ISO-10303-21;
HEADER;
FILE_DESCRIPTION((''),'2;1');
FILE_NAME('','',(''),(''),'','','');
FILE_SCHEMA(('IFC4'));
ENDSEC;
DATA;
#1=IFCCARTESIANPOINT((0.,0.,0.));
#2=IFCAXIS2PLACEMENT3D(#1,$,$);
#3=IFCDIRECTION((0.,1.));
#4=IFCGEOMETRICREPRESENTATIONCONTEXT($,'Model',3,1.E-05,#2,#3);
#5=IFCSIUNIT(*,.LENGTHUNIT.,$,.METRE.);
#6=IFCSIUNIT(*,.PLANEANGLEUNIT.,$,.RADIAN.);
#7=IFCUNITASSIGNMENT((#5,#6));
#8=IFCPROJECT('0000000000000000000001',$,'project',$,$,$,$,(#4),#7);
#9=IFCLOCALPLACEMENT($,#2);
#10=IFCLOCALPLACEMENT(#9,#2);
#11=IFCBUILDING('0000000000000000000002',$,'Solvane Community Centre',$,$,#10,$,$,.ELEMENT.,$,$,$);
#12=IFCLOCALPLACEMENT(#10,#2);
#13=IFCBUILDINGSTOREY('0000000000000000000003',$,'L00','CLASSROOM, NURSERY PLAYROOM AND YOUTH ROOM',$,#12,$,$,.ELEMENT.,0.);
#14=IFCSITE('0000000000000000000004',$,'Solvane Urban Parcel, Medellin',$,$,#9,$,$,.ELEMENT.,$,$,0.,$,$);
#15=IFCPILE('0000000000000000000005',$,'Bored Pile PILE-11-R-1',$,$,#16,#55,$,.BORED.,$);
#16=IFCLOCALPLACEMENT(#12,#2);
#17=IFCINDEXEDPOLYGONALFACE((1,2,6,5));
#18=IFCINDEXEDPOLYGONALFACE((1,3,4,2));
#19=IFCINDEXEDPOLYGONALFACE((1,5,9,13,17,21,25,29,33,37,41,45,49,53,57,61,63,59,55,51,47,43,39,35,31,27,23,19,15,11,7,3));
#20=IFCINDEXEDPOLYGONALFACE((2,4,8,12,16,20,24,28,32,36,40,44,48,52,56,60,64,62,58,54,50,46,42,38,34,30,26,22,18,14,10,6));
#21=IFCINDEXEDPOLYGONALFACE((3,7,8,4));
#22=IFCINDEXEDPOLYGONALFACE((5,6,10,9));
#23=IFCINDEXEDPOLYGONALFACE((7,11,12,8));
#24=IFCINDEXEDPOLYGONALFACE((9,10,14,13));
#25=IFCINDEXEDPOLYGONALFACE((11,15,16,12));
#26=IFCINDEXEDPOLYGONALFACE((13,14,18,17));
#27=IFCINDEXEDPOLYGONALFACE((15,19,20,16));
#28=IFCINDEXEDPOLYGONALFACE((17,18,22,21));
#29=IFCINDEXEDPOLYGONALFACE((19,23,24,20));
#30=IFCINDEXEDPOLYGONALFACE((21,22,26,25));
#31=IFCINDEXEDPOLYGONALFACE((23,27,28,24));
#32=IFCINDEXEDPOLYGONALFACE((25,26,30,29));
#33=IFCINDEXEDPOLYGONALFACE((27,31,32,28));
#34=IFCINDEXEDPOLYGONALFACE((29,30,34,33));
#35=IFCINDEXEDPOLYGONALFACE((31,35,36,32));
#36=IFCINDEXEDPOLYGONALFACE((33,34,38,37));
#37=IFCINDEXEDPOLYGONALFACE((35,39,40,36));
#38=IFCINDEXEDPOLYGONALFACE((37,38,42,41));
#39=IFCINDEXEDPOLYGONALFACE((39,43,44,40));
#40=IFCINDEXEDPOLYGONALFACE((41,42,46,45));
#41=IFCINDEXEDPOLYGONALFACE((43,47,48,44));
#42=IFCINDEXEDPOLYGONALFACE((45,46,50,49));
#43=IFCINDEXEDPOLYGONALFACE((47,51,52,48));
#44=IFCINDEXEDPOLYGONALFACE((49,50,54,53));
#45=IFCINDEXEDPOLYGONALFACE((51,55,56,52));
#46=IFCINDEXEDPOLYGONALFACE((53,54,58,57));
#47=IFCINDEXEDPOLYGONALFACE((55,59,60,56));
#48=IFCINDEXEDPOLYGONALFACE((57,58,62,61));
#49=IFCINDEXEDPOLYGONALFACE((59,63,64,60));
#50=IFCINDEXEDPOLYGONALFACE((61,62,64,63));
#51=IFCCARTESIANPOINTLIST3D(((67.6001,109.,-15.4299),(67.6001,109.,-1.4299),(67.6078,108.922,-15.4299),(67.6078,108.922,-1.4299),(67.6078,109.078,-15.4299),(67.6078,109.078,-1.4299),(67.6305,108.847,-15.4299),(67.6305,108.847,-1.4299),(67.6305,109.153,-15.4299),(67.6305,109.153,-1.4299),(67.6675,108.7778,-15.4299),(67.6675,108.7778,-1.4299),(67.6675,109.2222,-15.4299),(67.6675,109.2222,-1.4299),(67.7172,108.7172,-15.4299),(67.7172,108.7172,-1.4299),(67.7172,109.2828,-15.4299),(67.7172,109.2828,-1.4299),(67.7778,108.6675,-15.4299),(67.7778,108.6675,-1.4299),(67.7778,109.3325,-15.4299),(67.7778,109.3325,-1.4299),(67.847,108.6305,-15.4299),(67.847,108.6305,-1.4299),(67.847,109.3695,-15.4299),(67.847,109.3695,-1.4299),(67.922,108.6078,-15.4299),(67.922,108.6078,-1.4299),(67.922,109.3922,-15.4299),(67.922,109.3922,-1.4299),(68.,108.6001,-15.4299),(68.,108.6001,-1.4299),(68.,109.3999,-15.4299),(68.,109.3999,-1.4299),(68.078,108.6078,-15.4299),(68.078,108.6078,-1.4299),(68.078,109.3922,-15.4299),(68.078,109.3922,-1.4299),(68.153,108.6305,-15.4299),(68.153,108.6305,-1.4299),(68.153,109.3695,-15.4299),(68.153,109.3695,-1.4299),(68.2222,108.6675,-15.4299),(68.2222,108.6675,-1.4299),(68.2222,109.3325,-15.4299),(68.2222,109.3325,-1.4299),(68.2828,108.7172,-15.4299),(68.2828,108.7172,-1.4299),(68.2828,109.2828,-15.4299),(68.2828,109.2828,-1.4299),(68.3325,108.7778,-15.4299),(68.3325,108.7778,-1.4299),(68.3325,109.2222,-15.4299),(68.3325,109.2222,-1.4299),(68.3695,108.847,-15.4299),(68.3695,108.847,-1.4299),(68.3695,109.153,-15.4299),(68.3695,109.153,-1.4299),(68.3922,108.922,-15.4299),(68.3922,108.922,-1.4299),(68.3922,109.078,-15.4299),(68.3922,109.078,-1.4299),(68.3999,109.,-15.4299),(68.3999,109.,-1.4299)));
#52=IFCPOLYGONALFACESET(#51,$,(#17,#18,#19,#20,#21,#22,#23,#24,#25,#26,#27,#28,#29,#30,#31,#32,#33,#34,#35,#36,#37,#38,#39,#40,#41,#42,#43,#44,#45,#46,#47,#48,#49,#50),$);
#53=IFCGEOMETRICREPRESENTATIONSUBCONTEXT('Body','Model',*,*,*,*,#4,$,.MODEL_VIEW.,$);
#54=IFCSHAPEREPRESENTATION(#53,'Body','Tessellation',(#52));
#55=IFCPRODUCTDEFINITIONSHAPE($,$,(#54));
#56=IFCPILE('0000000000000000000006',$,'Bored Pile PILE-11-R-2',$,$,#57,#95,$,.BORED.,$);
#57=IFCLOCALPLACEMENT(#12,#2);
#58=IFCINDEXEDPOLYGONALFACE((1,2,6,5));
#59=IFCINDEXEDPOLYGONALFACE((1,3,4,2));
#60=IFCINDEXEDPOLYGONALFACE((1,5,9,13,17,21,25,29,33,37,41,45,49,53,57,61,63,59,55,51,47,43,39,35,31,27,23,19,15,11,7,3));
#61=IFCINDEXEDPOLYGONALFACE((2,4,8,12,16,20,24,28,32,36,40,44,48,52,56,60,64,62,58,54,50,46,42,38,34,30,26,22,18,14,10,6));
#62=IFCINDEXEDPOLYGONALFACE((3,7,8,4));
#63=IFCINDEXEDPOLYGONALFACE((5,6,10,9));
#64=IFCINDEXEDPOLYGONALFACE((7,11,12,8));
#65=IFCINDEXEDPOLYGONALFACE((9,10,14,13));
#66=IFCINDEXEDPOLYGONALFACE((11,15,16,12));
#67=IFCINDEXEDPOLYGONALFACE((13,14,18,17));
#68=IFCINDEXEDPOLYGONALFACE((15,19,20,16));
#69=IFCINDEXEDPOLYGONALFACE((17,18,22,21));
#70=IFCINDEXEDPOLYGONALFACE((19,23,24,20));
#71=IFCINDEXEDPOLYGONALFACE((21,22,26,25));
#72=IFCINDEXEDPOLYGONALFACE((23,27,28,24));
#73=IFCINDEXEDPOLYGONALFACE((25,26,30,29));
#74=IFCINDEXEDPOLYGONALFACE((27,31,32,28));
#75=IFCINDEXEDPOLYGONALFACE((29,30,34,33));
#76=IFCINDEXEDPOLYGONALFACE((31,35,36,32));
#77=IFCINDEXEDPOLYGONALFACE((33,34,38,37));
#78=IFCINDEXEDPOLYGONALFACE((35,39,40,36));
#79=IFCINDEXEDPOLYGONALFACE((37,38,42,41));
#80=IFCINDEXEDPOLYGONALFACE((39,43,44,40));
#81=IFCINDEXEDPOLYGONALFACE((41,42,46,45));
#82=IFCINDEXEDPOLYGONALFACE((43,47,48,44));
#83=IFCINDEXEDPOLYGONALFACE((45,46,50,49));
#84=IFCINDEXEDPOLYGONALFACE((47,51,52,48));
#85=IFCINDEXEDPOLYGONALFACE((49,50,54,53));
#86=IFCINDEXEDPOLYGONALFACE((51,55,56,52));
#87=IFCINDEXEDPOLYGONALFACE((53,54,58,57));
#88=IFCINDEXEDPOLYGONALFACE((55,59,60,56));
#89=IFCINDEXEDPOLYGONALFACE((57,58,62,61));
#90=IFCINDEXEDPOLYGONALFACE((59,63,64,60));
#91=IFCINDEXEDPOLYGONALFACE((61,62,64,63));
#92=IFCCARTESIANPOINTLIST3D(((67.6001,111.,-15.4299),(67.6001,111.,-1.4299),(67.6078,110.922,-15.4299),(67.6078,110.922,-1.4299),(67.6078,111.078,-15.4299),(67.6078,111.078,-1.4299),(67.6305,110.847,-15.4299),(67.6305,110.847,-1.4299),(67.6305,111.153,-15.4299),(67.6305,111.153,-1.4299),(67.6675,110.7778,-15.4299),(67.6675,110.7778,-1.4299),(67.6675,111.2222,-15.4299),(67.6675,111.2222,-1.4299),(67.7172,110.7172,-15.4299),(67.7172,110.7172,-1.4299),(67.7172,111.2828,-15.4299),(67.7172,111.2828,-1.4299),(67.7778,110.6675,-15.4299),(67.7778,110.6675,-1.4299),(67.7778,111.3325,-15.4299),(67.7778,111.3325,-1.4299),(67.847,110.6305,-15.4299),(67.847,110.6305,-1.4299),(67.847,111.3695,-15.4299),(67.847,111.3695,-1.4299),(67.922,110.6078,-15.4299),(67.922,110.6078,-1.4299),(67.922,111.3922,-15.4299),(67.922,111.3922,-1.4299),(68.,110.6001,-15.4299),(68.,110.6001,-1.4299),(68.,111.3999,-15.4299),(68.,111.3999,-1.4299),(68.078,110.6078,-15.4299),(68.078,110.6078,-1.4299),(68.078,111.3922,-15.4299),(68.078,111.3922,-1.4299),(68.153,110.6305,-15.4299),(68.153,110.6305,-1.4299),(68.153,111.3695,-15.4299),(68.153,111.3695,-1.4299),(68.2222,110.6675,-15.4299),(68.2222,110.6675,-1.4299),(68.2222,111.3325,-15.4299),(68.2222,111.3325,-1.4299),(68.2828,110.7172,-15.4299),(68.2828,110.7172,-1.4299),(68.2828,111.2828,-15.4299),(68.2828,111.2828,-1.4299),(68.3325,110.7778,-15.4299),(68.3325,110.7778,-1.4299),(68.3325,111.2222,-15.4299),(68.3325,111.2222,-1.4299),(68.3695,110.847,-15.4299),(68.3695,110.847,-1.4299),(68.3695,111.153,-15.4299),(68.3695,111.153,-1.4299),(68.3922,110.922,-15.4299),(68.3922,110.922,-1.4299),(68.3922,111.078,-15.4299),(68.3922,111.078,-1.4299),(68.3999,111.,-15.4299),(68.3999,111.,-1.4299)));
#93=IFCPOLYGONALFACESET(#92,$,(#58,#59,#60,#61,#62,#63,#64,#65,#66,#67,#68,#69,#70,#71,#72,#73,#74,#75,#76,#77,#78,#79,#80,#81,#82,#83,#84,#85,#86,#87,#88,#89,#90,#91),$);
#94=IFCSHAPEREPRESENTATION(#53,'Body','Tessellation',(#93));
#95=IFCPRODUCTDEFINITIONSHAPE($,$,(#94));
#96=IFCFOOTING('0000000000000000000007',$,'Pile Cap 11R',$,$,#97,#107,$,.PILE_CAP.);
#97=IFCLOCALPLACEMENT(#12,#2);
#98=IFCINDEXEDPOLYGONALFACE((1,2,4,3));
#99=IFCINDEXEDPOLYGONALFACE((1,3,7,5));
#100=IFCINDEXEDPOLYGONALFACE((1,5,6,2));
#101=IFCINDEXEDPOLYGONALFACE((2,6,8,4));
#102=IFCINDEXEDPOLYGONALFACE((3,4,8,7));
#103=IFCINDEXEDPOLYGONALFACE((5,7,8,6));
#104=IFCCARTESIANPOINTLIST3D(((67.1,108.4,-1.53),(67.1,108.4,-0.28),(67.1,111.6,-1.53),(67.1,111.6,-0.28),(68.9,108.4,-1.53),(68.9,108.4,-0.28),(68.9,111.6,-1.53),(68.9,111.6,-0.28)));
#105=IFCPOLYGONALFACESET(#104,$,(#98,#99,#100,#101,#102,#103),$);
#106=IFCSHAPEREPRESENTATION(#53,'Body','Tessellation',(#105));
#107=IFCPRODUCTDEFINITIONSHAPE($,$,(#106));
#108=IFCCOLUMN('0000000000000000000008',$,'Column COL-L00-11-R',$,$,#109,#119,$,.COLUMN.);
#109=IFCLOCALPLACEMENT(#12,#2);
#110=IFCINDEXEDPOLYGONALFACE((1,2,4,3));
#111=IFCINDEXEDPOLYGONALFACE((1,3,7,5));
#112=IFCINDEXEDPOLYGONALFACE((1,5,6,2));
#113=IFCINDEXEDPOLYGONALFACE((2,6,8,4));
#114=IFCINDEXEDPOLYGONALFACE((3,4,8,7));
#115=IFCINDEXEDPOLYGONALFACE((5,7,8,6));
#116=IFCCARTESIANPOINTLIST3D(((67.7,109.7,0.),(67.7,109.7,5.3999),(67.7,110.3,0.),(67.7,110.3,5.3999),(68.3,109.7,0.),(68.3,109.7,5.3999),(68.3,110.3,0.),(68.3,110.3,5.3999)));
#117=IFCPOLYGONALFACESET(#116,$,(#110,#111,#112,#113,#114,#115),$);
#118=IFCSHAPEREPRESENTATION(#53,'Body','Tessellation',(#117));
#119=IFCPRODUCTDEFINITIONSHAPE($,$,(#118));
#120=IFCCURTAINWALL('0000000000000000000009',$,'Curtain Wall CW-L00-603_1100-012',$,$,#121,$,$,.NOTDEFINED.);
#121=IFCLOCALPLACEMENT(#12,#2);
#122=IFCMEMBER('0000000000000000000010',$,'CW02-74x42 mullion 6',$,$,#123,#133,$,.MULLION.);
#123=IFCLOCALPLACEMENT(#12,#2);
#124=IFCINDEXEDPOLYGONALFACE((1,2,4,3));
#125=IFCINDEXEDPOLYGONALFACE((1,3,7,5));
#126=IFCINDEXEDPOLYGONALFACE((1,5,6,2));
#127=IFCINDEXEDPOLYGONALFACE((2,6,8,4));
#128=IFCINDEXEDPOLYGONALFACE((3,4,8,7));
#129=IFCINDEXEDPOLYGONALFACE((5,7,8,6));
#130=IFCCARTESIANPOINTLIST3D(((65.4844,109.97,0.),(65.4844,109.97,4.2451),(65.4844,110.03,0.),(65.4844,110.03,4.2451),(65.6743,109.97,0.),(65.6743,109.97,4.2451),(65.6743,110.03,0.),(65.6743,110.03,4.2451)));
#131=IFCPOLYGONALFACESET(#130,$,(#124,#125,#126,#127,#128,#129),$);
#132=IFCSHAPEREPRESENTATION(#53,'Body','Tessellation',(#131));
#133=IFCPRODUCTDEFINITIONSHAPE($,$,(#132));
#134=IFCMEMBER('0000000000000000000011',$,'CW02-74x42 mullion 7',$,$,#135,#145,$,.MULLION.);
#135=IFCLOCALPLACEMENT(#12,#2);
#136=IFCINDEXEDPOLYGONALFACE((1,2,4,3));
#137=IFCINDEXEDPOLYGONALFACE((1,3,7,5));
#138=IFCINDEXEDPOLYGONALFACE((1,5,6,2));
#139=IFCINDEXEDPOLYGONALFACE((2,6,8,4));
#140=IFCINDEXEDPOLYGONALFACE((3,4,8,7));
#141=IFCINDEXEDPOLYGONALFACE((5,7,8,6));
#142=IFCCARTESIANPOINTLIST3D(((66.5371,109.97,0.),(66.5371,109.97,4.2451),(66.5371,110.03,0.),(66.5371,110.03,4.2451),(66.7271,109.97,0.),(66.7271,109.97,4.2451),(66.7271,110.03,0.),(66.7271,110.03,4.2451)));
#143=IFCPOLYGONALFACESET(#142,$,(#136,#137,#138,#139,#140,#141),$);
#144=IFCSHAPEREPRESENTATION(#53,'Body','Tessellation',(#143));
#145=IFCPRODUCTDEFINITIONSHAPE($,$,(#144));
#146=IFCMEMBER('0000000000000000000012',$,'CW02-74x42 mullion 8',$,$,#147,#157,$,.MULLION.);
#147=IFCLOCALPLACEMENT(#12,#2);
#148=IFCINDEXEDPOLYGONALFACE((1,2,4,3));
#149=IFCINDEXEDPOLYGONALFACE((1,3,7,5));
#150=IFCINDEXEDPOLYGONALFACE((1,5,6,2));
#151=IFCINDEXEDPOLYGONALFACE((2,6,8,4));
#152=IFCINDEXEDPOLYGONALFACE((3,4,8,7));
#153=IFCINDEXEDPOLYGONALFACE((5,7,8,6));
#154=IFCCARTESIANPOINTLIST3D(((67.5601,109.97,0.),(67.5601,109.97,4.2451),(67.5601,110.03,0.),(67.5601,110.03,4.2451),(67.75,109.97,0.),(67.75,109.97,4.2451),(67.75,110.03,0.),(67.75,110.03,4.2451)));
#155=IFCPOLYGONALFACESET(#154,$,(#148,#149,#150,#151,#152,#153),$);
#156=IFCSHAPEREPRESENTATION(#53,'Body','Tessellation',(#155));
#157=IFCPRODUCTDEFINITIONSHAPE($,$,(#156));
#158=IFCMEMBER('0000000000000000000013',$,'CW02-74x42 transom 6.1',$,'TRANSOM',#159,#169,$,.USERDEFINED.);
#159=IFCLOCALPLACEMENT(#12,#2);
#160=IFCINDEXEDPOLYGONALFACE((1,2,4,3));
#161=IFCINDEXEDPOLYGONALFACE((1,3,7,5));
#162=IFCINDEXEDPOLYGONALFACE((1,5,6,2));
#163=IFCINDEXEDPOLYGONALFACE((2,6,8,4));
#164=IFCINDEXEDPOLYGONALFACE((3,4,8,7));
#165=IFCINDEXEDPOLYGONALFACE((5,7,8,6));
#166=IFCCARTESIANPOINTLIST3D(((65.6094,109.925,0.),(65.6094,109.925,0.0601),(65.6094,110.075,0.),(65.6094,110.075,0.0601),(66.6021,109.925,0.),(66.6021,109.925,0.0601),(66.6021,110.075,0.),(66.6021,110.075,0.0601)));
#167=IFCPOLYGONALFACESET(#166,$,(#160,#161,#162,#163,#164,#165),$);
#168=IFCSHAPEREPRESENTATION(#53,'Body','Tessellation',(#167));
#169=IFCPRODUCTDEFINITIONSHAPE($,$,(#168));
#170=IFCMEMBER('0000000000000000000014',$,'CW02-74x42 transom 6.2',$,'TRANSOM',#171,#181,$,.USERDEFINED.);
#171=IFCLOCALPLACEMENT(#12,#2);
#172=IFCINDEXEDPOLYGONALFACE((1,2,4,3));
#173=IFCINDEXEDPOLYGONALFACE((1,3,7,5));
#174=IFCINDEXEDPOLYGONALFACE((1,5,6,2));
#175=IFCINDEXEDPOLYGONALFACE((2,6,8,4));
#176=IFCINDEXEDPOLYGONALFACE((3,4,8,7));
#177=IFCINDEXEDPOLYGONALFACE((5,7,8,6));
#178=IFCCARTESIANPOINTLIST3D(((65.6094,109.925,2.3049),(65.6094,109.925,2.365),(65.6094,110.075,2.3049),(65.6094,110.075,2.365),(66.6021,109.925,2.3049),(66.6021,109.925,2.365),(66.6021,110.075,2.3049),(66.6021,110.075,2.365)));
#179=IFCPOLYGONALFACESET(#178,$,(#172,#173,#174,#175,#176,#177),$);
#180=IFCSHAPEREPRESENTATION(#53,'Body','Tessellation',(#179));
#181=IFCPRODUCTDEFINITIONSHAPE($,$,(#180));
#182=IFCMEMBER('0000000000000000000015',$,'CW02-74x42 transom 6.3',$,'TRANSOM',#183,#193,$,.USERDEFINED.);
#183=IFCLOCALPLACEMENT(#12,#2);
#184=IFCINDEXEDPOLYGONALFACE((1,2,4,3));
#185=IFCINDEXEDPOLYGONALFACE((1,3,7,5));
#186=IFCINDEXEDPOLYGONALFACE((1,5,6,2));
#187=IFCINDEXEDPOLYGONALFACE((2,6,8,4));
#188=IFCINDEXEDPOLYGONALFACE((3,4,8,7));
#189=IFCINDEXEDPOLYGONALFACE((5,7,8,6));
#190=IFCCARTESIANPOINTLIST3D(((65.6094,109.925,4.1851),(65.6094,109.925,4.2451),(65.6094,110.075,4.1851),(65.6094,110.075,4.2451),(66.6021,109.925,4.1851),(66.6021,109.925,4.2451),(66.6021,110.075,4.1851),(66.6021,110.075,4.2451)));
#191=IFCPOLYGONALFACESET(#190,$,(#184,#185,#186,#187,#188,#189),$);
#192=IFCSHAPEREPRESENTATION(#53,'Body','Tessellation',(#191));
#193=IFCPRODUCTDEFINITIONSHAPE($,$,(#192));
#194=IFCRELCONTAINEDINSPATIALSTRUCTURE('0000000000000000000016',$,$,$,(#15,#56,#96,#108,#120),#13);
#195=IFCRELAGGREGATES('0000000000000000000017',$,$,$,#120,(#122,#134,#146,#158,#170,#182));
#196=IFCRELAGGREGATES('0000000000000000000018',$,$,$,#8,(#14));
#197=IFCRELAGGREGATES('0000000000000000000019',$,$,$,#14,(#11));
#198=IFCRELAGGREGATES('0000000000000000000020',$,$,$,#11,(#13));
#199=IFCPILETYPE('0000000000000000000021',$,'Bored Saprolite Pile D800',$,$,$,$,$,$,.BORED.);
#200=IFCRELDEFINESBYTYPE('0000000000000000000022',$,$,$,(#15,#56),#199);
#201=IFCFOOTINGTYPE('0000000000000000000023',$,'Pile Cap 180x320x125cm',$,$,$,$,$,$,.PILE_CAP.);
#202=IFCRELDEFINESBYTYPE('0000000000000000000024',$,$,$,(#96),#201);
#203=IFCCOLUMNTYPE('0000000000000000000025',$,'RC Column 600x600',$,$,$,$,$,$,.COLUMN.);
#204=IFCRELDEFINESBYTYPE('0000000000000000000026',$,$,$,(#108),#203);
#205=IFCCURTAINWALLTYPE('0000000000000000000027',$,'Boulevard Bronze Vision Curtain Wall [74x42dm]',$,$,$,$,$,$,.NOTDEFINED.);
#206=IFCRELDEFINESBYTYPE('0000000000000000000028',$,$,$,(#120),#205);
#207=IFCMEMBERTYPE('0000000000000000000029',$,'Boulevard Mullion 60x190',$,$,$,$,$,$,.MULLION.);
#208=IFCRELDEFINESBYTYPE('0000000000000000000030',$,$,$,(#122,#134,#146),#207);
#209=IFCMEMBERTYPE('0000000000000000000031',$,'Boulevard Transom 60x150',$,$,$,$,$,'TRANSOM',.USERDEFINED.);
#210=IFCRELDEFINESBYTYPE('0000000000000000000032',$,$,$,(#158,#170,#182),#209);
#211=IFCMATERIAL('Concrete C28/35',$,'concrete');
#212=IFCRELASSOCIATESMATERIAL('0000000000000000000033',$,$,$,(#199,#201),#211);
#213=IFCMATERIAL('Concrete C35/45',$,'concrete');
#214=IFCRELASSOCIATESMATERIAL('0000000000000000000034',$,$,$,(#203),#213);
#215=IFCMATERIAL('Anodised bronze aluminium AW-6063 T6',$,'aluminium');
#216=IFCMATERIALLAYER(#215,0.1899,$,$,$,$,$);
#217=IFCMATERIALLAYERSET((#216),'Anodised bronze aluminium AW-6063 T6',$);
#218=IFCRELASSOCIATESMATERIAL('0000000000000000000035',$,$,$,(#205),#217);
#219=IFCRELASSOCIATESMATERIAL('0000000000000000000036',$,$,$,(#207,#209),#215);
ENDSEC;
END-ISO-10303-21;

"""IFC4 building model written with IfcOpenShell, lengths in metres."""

from ifc_helpers import new_model, si_unit, direction, frame, origin, origin_2d, place, context, subcontext, project, spatial, rectangle, circle, extrude, material, layer, layer_set, material_profile, profile_set, type_object, element, aggregate, save


model = new_model("IFC4")

# Units and contexts
model_context = context("Model", 3, precision=1e-05, world=origin(), true_north=direction((0.0, 1.0)))
body_context = subcontext(model_context, "Body", "Model", "MODEL_VIEW")
ifc_project = project(units=[si_unit("LENGTHUNIT", "METRE"), si_unit("PLANEANGLEUNIT", "RADIAN")], contexts=[model_context])

# Site, building, storey
site_placement = place(None, origin())
site = spatial("IfcSite", under=ifc_project, at=site_placement, Name="Solvane Urban Parcel, Medellin", CompositionType="ELEMENT", RefElevation=0.0)
building_placement = place(site_placement, origin())
building = spatial("IfcBuilding", under=site, at=building_placement, Name="Solvane Community Centre", CompositionType="ELEMENT")
storey_placement = place(building_placement, origin())
storey = spatial("IfcBuildingStorey", under=building, at=storey_placement, Name="L00", Description="CLASSROOM, NURSERY PLAYROOM AND YOUTH ROOM", CompositionType="ELEMENT", Elevation=0.0)

# Piles
ifc_material_1 = material(Name="Concrete C28/35", Category="concrete")
ifc_material_profile_1 = material_profile(ifc_material_1, circle(Radius=0.3999, at=origin_2d()), Name="PILE D800")
ifc_profile_set_1 = profile_set([ifc_material_profile_1], Name="Concrete C28/35")
pile_type = type_object("IfcPileType", Name="Bored Saprolite Pile D800", PredefinedType="BORED", material=ifc_profile_set_1)
for number, where, z_axis, x_axis, name in (
    (1, (68.0, 109.0, -1.4299), (0.0, 0.0, -1.0), (1.0, 0.0, 0.0), "Bored Pile PILE-11-R-1"),
    (2, (68.0, 111.0, -1.4299), (0.0, 0.0, -1.0), (1.0, 0.0, 0.0), "Bored Pile PILE-11-R-2"),
):
    element("IfcPile", number, at=place(storey_placement, frame(where, z_axis=z_axis, x_axis=x_axis)), inside=storey, type_object=pile_type, Name=name, PredefinedType="BORED", context=body_context, shape_type="SweptSolid", body=[
        extrude(circle(Radius=0.3999, at=origin_2d()), origin(), (0.0, 0.0, 1.0), 14.0),
    ])

# Footing
footing_type = type_object("IfcFootingType", Name="Pile Cap 180x320x125cm", PredefinedType="PILE_CAP", material=ifc_material_1)
footing_placement = place(storey_placement, frame((68.0, 110.0, -1.53), z_axis=(0.0, 0.0, 1.0), x_axis=(1.0, 0.0, 0.0)))
element("IfcFooting", 3, at=footing_placement, inside=storey, type_object=footing_type, Name="Pile Cap 11R", PredefinedType="PILE_CAP", context=body_context, shape_type="SweptSolid", body=[
    extrude(rectangle(XDim=1.8, YDim=3.2, at=origin_2d()), origin(), (0.0, 0.0, 1.0), 1.25),
])

# Column
ifc_material_2 = material(Name="Concrete C35/45", Category="concrete")
ifc_material_profile_2 = material_profile(ifc_material_2, rectangle(XDim=0.6001, YDim=0.6001, at=origin_2d()), Name="RC 600x600")
ifc_profile_set_2 = profile_set([ifc_material_profile_2], Name="Concrete C35/45")
column_type = type_object("IfcColumnType", Name="RC Column 600x600", PredefinedType="COLUMN", material=ifc_profile_set_2)
column_placement = place(storey_placement, frame((68.0, 110.0, 0.0), z_axis=(0.0, 0.0, 1.0), x_axis=(1.0, 0.0, 0.0)))
element("IfcColumn", 4, at=column_placement, inside=storey, type_object=column_type, Name="Column COL-L00-11-R", PredefinedType="COLUMN", context=body_context, shape_type="SweptSolid", body=[
    extrude(rectangle(XDim=0.6001, YDim=0.6001, at=origin_2d()), origin(), (0.0, 0.0, 1.0), 5.3999),
])

# Curtain wall, members
ifc_material_3 = material(Name="Anodised bronze aluminium AW-6063 T6", Category="aluminium")
ifc_layer_1 = layer(ifc_material_3, 0.1899)
ifc_layer_set_1 = layer_set([ifc_layer_1], Name="Anodised bronze aluminium AW-6063 T6")
curtain_wall_type = type_object("IfcCurtainWallType", Name="Boulevard Bronze Vision Curtain Wall [74x42dm]", PredefinedType="NOTDEFINED", material=ifc_layer_set_1)
curtain_wall_placement = place(storey_placement, origin())
curtain_wall = element("IfcCurtainWall", 5, at=curtain_wall_placement, inside=storey, type_object=curtain_wall_type, Name="Curtain Wall CW-L00-603_1100-012", PredefinedType="NOTDEFINED")
ifc_material_profile_3 = material_profile(ifc_material_3, rectangle(XDim=0.0601, YDim=0.1899, at=origin_2d()), Name="CW-M 60x190")
ifc_profile_set_3 = profile_set([ifc_material_profile_3], Name="Anodised bronze aluminium AW-6063 T6")
member_type_1 = type_object("IfcMemberType", Name="Boulevard Mullion 60x190", PredefinedType="MULLION", material=ifc_profile_set_3)
member_1_placement = place(storey_placement, frame((65.5793, 110.0, 0.0), z_axis=(0.0, 0.0, 1.0), x_axis=(0.0, 1.0, 0.0)))
member_1 = element("IfcMember", 6, at=member_1_placement, type_object=member_type_1, Name="CW02-74x42 mullion 6", PredefinedType="MULLION", context=body_context, shape_type="SweptSolid", body=[
    extrude(rectangle(XDim=0.0601, YDim=0.1899, at=origin_2d()), origin(), (0.0, 0.0, 1.0), 4.2451),
])
member_2_placement = place(storey_placement, frame((66.6321, 110.0, 0.0), z_axis=(0.0, 0.0, 1.0), x_axis=(0.0, 1.0, 0.0)))
member_2 = element("IfcMember", 7, at=member_2_placement, type_object=member_type_1, Name="CW02-74x42 mullion 7", PredefinedType="MULLION", context=body_context, shape_type="SweptSolid", body=[
    extrude(rectangle(XDim=0.0601, YDim=0.1899, at=origin_2d()), origin(), (0.0, 0.0, 1.0), 4.2451),
])
member_3_placement = place(storey_placement, frame((67.655, 110.0, 0.0), z_axis=(0.0, 0.0, 1.0), x_axis=(0.0, 1.0, 0.0)))
member_3 = element("IfcMember", 8, at=member_3_placement, type_object=member_type_1, Name="CW02-74x42 mullion 8", PredefinedType="MULLION", context=body_context, shape_type="SweptSolid", body=[
    extrude(rectangle(XDim=0.0601, YDim=0.1899, at=origin_2d()), origin(), (0.0, 0.0, 1.0), 4.2451),
])
ifc_material_profile_4 = material_profile(ifc_material_3, rectangle(XDim=0.1499, YDim=0.0601, at=origin_2d()), Name="CW-T 60x150")
ifc_profile_set_4 = profile_set([ifc_material_profile_4], Name="Anodised bronze aluminium AW-6063 T6")
member_type_2 = type_object("IfcMemberType", Name="Boulevard Transom 60x150", ElementType="TRANSOM", PredefinedType="USERDEFINED", material=ifc_profile_set_4)
member_4_placement = place(storey_placement, frame((65.6094, 110.0, 0.03), z_axis=(1.0, 0.0, 0.0), x_axis=(0.0, 1.0, 0.0)))
member_4 = element("IfcMember", 9, at=member_4_placement, type_object=member_type_2, Name="CW02-74x42 transom 6.1", ObjectType="TRANSOM", PredefinedType="USERDEFINED", context=body_context, shape_type="SweptSolid", body=[
    extrude(rectangle(XDim=0.1499, YDim=0.0601, at=origin_2d()), origin(), (0.0, 0.0, 1.0), 0.9927),
])
member_5_placement = place(storey_placement, frame((65.6094, 110.0, 2.335), z_axis=(1.0, 0.0, 0.0), x_axis=(0.0, 1.0, 0.0)))
member_5 = element("IfcMember", 10, at=member_5_placement, type_object=member_type_2, Name="CW02-74x42 transom 6.2", ObjectType="TRANSOM", PredefinedType="USERDEFINED", context=body_context, shape_type="SweptSolid", body=[
    extrude(rectangle(XDim=0.1499, YDim=0.0601, at=origin_2d()), origin(), (0.0, 0.0, 1.0), 0.9927),
])
member_6_placement = place(storey_placement, frame((65.6094, 110.0, 4.2151), z_axis=(1.0, 0.0, 0.0), x_axis=(0.0, 1.0, 0.0)))
member_6 = element("IfcMember", 11, at=member_6_placement, type_object=member_type_2, Name="CW02-74x42 transom 6.3", ObjectType="TRANSOM", PredefinedType="USERDEFINED", context=body_context, shape_type="SweptSolid", body=[
    extrude(rectangle(XDim=0.1499, YDim=0.0601, at=origin_2d()), origin(), (0.0, 0.0, 1.0), 0.9927),
])
aggregate(curtain_wall, [member_1, member_2, member_3, member_4, member_5, member_6])

save(model, "model.ifc")
